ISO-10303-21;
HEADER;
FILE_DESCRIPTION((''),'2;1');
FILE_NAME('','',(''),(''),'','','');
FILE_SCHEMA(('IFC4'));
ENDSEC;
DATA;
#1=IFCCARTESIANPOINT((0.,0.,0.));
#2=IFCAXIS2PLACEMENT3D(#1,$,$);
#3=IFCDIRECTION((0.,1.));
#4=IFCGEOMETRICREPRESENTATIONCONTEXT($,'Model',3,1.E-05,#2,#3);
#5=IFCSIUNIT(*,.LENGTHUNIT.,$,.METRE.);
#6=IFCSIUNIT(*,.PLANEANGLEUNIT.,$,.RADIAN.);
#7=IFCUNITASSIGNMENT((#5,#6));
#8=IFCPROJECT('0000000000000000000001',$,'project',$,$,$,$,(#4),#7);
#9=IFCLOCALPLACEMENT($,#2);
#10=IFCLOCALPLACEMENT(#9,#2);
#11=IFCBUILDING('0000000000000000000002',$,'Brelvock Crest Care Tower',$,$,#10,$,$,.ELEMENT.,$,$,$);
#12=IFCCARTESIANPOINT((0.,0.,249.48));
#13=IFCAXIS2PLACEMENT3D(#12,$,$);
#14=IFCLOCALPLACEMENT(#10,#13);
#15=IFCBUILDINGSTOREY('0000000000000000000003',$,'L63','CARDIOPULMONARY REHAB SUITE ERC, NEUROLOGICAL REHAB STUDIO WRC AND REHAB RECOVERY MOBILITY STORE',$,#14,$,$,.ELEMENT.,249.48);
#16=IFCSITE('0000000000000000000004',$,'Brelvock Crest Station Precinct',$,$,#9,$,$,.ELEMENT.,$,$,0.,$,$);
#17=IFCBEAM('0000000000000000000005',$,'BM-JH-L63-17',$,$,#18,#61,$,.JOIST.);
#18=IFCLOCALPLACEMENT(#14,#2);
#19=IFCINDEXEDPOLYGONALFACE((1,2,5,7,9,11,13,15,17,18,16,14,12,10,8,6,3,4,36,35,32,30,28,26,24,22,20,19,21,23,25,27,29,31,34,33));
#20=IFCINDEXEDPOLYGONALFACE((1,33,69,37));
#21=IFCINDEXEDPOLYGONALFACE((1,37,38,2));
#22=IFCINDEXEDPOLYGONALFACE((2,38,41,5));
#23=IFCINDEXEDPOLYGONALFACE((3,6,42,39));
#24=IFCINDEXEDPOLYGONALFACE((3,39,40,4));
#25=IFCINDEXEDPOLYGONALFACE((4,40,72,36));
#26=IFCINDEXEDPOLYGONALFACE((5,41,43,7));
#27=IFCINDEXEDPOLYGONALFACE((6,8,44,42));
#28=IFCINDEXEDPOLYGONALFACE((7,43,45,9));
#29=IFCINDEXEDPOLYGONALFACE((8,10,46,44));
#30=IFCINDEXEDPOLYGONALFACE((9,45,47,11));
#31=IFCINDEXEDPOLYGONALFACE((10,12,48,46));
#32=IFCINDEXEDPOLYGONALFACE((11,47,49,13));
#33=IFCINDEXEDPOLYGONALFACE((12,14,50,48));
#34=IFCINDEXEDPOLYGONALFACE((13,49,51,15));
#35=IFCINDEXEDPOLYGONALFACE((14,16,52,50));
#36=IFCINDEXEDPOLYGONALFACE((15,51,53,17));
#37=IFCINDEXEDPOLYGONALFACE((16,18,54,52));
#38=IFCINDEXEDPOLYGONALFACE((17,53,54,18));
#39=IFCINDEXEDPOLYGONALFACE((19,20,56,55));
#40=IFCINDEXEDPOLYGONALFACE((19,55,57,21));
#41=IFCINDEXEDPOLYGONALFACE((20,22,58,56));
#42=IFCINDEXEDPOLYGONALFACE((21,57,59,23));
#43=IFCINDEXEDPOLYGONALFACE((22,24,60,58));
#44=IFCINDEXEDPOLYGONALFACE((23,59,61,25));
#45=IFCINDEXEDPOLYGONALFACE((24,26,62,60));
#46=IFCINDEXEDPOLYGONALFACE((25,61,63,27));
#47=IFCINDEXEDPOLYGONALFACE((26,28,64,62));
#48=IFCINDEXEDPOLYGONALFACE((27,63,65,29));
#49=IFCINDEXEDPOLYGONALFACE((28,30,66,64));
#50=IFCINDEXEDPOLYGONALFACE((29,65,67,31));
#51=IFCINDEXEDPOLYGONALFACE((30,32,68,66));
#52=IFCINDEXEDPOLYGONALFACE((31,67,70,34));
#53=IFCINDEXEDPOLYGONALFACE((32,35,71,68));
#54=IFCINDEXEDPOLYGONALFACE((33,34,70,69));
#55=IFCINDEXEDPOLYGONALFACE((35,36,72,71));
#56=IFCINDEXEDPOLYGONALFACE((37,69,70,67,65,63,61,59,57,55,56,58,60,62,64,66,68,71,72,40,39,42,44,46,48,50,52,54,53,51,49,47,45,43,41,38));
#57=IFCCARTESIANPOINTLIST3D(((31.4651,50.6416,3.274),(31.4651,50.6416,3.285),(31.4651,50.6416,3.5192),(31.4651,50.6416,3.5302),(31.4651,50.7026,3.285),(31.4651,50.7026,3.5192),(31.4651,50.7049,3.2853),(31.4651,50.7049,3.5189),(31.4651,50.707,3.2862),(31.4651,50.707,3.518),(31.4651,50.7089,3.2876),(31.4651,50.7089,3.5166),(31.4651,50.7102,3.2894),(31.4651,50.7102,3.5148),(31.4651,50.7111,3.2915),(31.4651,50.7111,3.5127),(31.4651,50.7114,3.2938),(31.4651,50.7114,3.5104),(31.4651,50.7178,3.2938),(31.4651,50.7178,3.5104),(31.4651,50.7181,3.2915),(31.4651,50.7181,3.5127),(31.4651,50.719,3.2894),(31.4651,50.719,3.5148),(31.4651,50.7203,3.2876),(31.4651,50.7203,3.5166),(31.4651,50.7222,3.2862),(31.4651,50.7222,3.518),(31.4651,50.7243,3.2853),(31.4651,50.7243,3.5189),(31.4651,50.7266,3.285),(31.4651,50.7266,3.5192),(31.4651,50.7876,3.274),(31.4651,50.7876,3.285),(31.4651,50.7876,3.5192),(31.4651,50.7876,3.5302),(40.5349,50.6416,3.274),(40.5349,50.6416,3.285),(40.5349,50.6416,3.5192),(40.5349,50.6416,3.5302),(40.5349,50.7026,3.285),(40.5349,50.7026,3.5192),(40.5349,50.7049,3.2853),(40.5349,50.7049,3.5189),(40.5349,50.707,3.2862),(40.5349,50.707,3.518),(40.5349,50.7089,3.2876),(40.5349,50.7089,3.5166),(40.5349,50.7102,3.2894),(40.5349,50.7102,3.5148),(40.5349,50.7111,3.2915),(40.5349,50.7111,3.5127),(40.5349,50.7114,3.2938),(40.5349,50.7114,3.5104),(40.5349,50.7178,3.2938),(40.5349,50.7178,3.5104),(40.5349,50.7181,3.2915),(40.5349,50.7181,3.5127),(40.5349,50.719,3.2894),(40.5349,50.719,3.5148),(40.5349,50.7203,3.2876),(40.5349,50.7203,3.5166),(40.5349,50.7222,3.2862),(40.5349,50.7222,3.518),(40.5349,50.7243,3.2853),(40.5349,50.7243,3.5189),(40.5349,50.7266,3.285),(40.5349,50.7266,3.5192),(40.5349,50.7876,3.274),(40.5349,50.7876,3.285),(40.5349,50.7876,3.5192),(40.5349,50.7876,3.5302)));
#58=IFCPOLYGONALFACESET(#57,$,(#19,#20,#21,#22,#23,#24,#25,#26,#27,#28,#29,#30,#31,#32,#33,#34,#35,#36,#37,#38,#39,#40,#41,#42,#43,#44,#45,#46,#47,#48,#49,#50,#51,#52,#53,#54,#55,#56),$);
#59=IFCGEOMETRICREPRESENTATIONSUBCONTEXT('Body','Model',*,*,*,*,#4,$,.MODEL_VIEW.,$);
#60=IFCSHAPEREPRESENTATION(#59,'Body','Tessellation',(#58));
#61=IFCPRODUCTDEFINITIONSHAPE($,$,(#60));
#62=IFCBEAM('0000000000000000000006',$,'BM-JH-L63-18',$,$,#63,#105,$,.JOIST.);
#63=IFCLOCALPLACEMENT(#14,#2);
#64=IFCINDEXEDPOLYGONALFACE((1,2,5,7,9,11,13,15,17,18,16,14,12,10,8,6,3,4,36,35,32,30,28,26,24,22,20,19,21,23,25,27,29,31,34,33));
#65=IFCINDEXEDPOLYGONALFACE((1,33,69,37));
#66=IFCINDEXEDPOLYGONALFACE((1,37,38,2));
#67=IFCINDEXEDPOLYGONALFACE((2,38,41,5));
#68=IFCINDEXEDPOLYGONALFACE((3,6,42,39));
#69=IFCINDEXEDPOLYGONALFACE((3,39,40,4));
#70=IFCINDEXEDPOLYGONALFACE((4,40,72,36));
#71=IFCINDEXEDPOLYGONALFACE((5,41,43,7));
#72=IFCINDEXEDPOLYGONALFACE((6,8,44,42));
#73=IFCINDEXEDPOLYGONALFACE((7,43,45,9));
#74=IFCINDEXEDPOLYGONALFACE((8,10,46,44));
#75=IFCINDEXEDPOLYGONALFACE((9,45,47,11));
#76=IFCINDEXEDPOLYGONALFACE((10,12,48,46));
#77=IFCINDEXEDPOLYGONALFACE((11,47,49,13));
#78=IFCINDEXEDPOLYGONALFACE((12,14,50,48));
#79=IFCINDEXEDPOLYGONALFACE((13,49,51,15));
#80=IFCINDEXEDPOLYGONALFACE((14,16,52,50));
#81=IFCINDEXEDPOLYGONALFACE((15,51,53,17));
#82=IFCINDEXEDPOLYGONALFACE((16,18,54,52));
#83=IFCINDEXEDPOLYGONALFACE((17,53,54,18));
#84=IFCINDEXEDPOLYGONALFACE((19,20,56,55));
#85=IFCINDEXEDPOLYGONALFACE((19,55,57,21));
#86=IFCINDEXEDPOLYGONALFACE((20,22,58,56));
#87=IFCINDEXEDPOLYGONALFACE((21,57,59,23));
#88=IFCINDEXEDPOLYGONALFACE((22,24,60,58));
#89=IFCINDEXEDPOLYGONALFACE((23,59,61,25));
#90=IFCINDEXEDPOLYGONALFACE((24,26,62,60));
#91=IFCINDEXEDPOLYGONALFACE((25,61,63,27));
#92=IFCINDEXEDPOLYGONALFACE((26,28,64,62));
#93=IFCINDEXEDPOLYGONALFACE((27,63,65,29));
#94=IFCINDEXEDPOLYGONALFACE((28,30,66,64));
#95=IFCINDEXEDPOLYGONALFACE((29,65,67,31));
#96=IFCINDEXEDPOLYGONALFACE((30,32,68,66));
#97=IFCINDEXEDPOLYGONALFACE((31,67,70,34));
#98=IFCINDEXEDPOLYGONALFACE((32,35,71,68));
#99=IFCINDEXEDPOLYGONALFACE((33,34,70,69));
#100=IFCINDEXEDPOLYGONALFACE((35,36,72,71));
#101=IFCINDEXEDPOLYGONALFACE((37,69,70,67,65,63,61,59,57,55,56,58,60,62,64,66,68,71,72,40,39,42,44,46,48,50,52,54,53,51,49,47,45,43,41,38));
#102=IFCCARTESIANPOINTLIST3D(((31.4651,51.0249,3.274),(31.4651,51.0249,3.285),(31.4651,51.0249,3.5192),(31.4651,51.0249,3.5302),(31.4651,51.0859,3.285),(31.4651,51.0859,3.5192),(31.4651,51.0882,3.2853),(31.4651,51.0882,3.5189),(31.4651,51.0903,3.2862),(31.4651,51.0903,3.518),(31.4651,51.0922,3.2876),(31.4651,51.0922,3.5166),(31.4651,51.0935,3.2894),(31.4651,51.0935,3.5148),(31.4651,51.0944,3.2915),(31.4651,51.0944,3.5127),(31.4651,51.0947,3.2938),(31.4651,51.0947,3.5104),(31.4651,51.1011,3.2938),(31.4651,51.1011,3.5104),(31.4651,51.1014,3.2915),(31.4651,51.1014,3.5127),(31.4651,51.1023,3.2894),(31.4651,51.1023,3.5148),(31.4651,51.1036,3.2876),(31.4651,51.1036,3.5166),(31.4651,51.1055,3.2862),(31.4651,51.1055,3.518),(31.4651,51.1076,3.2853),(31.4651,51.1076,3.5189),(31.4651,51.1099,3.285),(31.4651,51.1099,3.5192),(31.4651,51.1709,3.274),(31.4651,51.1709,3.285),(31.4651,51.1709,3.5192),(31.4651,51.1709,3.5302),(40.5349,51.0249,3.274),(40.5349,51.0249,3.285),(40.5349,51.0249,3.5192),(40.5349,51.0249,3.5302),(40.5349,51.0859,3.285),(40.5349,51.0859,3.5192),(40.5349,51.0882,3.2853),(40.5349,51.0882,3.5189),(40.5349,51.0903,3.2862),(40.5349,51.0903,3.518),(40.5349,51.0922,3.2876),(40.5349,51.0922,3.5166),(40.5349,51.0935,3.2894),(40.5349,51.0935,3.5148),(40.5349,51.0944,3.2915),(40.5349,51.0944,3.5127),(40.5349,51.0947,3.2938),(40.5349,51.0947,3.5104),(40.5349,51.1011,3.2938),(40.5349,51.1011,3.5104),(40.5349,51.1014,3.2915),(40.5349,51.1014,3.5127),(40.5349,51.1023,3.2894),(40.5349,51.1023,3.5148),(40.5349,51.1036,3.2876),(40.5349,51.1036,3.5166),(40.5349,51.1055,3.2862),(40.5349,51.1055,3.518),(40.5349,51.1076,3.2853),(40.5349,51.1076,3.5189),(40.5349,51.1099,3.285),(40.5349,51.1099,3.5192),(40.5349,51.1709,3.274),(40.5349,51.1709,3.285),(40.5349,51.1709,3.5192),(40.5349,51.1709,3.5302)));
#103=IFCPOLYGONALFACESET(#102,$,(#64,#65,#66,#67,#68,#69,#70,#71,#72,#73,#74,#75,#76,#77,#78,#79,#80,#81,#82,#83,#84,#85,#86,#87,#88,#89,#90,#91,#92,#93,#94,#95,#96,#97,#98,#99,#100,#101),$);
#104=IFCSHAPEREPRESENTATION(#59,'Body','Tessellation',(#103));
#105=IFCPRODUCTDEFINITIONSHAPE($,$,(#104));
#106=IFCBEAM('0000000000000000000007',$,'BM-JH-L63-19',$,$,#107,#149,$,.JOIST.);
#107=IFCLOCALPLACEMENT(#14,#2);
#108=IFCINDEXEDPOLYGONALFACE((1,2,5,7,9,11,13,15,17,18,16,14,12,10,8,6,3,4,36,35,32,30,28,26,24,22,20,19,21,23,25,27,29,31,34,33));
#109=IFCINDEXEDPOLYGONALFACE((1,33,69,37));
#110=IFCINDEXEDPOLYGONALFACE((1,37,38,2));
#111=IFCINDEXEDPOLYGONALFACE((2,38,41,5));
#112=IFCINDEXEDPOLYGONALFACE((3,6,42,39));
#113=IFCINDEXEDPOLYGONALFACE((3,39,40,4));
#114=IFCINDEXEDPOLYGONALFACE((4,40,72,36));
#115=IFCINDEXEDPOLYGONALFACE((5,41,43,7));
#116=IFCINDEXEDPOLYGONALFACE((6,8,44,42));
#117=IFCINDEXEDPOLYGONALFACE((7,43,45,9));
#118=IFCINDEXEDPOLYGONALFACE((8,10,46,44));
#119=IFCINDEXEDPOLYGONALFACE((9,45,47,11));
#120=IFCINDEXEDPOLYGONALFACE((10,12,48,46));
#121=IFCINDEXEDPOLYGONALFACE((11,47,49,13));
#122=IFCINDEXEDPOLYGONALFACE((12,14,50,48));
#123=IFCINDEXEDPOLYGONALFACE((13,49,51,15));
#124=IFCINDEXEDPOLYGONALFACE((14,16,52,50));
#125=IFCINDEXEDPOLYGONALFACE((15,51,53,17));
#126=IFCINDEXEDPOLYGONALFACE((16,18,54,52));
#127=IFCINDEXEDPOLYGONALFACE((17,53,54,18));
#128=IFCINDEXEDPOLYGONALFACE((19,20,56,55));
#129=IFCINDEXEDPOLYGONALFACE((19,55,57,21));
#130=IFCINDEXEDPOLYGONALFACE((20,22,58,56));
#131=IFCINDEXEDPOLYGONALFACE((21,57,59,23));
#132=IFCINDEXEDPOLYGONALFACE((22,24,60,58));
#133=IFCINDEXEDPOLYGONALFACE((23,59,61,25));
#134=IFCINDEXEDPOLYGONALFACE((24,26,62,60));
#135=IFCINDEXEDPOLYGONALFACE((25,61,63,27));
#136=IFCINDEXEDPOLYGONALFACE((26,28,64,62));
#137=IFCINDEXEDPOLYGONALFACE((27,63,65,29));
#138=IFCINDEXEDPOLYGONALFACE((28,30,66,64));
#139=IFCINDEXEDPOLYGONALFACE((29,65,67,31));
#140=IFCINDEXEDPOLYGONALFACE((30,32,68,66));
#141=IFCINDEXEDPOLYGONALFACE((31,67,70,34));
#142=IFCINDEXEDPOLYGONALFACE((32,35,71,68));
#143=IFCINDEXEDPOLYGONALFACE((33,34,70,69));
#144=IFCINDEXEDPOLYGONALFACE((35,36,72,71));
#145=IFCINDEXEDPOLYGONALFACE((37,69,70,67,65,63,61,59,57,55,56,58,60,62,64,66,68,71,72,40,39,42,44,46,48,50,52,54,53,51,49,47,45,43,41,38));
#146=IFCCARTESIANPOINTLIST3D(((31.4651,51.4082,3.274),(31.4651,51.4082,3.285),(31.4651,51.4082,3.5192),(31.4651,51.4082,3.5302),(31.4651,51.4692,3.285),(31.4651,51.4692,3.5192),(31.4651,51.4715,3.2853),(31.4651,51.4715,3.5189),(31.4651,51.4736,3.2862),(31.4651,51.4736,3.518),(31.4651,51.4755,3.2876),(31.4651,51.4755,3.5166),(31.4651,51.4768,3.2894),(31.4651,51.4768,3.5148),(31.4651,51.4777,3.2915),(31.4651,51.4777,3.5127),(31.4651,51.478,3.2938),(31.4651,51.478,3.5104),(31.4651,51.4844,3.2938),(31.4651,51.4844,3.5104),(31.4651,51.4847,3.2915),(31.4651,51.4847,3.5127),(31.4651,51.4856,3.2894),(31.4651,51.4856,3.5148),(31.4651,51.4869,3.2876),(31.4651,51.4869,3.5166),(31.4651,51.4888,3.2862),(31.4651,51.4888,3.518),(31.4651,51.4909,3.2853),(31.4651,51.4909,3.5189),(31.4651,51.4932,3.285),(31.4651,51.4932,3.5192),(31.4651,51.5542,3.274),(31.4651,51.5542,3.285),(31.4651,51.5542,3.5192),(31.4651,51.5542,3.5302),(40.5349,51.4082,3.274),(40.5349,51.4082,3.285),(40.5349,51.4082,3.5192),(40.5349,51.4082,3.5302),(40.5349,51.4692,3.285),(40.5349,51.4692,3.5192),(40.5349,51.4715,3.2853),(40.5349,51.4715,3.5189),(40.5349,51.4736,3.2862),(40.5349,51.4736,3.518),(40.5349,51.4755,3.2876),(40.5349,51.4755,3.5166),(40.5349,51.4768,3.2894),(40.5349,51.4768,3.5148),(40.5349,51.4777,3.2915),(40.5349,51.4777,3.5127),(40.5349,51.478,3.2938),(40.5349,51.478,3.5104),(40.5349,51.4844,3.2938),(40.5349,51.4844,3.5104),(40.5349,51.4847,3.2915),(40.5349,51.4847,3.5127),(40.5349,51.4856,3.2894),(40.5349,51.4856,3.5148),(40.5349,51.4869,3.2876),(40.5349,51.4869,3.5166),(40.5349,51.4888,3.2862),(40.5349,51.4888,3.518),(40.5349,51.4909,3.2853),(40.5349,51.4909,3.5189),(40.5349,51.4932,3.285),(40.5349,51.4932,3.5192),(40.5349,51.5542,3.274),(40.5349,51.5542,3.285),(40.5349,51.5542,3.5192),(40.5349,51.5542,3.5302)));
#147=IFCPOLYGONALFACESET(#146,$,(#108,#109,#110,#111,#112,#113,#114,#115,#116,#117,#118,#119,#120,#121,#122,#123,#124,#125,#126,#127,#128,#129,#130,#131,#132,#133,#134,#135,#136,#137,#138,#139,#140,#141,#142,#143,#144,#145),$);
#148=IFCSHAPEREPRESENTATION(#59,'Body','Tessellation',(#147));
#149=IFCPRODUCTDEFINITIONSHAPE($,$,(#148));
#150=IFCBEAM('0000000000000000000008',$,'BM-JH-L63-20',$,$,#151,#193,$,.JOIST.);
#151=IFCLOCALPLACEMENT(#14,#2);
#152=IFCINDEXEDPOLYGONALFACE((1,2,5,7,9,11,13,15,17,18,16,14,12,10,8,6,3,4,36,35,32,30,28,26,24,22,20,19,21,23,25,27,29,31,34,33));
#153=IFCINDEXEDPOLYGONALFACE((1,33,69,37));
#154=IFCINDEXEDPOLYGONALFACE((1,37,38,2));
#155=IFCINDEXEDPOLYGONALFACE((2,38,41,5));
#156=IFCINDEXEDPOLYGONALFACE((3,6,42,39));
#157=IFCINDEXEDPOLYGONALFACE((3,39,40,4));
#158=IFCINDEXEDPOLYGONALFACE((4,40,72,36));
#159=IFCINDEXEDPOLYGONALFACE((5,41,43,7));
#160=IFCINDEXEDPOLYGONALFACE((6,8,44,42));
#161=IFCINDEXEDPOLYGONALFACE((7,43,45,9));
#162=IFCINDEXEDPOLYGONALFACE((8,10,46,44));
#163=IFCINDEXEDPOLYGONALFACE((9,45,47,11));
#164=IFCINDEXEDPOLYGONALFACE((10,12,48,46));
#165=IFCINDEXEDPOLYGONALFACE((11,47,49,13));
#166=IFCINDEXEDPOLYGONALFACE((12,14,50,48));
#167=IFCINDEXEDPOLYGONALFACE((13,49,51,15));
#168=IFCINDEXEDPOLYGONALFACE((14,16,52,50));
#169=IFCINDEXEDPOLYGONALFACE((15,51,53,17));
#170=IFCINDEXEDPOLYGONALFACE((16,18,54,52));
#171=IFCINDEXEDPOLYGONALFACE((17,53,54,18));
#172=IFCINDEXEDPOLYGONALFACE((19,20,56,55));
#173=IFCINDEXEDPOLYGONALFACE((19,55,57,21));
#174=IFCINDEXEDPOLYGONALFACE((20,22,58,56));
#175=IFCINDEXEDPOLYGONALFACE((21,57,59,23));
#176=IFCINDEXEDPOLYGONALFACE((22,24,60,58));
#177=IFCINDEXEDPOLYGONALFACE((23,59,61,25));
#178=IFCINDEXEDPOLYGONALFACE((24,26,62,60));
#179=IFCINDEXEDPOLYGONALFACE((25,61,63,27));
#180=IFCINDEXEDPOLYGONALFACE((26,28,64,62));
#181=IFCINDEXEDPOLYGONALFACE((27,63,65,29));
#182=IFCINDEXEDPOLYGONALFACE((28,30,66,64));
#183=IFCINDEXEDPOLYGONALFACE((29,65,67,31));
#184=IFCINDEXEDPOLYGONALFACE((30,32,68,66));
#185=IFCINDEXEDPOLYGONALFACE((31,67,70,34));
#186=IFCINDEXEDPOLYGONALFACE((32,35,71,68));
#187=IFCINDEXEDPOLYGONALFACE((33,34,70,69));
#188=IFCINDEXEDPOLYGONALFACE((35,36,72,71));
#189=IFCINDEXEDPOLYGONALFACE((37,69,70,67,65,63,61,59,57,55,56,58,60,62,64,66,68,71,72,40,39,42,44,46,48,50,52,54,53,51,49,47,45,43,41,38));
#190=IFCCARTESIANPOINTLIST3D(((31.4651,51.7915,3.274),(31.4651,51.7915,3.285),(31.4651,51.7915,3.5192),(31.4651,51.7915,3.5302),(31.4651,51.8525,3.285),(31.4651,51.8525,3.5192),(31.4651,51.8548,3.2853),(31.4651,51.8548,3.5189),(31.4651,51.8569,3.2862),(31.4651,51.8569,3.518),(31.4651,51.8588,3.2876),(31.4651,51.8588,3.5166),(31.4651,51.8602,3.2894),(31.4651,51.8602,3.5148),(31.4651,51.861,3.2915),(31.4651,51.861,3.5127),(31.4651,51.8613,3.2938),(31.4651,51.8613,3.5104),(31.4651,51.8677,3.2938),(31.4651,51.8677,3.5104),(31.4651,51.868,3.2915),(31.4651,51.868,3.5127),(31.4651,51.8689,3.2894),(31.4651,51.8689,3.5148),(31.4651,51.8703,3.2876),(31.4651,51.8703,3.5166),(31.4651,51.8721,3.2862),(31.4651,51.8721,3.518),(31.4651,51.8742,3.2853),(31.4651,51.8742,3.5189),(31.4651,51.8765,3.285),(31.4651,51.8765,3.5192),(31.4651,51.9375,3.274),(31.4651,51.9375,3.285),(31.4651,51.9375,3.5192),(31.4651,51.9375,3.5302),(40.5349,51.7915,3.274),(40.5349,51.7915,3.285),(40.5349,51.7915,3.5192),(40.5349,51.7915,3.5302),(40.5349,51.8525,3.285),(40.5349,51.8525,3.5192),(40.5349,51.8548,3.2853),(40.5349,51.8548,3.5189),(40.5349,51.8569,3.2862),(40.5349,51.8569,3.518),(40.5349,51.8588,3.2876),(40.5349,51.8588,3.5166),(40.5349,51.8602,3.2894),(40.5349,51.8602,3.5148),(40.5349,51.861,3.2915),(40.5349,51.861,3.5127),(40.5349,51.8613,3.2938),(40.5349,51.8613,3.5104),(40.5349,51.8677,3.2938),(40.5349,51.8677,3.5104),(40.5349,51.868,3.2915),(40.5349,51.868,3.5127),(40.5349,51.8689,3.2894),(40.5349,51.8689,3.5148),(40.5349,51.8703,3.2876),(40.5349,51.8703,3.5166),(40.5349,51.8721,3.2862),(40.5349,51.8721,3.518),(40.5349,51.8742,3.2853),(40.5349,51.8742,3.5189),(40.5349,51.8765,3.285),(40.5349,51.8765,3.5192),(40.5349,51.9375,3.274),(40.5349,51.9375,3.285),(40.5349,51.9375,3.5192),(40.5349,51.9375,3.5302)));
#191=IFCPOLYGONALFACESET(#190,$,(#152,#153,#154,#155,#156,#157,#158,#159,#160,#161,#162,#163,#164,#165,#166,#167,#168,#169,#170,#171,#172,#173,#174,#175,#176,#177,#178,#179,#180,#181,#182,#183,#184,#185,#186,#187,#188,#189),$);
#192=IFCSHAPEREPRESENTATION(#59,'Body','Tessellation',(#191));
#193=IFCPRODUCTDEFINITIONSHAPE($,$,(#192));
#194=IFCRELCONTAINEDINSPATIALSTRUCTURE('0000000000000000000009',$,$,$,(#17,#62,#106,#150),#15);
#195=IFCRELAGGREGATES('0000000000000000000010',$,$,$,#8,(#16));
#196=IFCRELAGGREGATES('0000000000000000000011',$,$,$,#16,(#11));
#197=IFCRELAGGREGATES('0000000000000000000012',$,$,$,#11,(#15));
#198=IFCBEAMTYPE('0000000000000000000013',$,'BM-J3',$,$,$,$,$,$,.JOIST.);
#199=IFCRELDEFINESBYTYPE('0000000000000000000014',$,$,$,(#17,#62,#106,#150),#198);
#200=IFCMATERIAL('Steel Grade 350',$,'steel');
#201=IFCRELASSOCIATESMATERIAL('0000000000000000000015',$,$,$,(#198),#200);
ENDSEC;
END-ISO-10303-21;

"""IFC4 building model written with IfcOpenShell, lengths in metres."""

from ifc_helpers import new_model, si_unit, direction, frame, origin, origin_2d, place, context, subcontext, project, spatial, i_section, extrude, source, transform, mapped, material, material_profile, profile_set, type_object, element, save


model = new_model("IFC4")

# Units and contexts
model_context = context("Model", 3, precision=1e-05, world=origin(), true_north=direction((0.0, 1.0)))
body_context = subcontext(model_context, "Body", "Model", "MODEL_VIEW")
ifc_project = project(units=[si_unit("LENGTHUNIT", "METRE"), si_unit("PLANEANGLEUNIT", "RADIAN")], contexts=[model_context])

# Site, building, storey
site_placement = place(None, origin())
site = spatial("IfcSite", under=ifc_project, at=site_placement, Name="Brelvock Crest Station Precinct", CompositionType="ELEMENT", RefElevation=0.0)
building_placement = place(site_placement, origin())
building = spatial("IfcBuilding", under=site, at=building_placement, Name="Brelvock Crest Care Tower", CompositionType="ELEMENT")
storey_placement = place(building_placement, frame((0.0, 0.0, 249.48)))
storey = spatial("IfcBuildingStorey", under=building, at=storey_placement, Name="L63", Description="CARDIOPULMONARY REHAB SUITE ERC, NEUROLOGICAL REHAB STUDIO WRC AND REHAB RECOVERY MOBILITY STORE", CompositionType="ELEMENT", Elevation=249.48)

# Beams
ifc_material_1 = material(Name="Steel Grade 350", Category="steel")
ifc_material_profile_1 = material_profile(ifc_material_1, i_section(OverallWidth=0.146, OverallDepth=0.2561, WebThickness=0.0063, FlangeThickness=0.011, FilletRadius=0.0088, at=origin_2d()), Name="250UB37.3")
ifc_profile_set_1 = profile_set([ifc_material_profile_1], Name="Steel Grade 350")
beam_type_1 = type_object("IfcBeamType", Name="BM-J3", PredefinedType="JOIST", material=ifc_profile_set_1)
shared_shape_1 = source(origin(), body_context, "Body", "SweptSolid", [
    extrude(i_section(OverallWidth=0.146, OverallDepth=0.2561, WebThickness=0.0063, FlangeThickness=0.011, FilletRadius=0.0088, at=origin_2d()), origin(), (0.0, 0.0, 1.0), 9.0698),
])
for number, where, z_axis, x_axis, name in (
    (1, (31.4651, 50.7146, 3.4021), (1.0, 0.0, 0.0), (0.0, 1.0, 0.0), "BM-JH-L63-17"),
    (2, (31.4651, 51.0979, 3.4021), (1.0, 0.0, 0.0), (0.0, 1.0, 0.0), "BM-JH-L63-18"),
    (3, (31.4651, 51.4812, 3.4021), (1.0, 0.0, 0.0), (0.0, 1.0, 0.0), "BM-JH-L63-19"),
    (4, (31.4651, 51.8645, 3.4021), (1.0, 0.0, 0.0), (0.0, 1.0, 0.0), "BM-JH-L63-20"),
):
    element("IfcBeam", number, at=place(storey_placement, frame(where, z_axis=z_axis, x_axis=x_axis)), inside=storey, type_object=beam_type_1, Name=name, PredefinedType="JOIST", context=body_context, shape_type="MappedRepresentation", body=[
        mapped(shared_shape_1, transform((0.0, 0.0, 0.0), x_axis=(1.0, 0.0, 0.0), y_axis=(0.0, 1.0, 0.0), z_axis=(0.0, 0.0, 1.0), scale=1.0)),
    ])

save(model, "model.ifc")
